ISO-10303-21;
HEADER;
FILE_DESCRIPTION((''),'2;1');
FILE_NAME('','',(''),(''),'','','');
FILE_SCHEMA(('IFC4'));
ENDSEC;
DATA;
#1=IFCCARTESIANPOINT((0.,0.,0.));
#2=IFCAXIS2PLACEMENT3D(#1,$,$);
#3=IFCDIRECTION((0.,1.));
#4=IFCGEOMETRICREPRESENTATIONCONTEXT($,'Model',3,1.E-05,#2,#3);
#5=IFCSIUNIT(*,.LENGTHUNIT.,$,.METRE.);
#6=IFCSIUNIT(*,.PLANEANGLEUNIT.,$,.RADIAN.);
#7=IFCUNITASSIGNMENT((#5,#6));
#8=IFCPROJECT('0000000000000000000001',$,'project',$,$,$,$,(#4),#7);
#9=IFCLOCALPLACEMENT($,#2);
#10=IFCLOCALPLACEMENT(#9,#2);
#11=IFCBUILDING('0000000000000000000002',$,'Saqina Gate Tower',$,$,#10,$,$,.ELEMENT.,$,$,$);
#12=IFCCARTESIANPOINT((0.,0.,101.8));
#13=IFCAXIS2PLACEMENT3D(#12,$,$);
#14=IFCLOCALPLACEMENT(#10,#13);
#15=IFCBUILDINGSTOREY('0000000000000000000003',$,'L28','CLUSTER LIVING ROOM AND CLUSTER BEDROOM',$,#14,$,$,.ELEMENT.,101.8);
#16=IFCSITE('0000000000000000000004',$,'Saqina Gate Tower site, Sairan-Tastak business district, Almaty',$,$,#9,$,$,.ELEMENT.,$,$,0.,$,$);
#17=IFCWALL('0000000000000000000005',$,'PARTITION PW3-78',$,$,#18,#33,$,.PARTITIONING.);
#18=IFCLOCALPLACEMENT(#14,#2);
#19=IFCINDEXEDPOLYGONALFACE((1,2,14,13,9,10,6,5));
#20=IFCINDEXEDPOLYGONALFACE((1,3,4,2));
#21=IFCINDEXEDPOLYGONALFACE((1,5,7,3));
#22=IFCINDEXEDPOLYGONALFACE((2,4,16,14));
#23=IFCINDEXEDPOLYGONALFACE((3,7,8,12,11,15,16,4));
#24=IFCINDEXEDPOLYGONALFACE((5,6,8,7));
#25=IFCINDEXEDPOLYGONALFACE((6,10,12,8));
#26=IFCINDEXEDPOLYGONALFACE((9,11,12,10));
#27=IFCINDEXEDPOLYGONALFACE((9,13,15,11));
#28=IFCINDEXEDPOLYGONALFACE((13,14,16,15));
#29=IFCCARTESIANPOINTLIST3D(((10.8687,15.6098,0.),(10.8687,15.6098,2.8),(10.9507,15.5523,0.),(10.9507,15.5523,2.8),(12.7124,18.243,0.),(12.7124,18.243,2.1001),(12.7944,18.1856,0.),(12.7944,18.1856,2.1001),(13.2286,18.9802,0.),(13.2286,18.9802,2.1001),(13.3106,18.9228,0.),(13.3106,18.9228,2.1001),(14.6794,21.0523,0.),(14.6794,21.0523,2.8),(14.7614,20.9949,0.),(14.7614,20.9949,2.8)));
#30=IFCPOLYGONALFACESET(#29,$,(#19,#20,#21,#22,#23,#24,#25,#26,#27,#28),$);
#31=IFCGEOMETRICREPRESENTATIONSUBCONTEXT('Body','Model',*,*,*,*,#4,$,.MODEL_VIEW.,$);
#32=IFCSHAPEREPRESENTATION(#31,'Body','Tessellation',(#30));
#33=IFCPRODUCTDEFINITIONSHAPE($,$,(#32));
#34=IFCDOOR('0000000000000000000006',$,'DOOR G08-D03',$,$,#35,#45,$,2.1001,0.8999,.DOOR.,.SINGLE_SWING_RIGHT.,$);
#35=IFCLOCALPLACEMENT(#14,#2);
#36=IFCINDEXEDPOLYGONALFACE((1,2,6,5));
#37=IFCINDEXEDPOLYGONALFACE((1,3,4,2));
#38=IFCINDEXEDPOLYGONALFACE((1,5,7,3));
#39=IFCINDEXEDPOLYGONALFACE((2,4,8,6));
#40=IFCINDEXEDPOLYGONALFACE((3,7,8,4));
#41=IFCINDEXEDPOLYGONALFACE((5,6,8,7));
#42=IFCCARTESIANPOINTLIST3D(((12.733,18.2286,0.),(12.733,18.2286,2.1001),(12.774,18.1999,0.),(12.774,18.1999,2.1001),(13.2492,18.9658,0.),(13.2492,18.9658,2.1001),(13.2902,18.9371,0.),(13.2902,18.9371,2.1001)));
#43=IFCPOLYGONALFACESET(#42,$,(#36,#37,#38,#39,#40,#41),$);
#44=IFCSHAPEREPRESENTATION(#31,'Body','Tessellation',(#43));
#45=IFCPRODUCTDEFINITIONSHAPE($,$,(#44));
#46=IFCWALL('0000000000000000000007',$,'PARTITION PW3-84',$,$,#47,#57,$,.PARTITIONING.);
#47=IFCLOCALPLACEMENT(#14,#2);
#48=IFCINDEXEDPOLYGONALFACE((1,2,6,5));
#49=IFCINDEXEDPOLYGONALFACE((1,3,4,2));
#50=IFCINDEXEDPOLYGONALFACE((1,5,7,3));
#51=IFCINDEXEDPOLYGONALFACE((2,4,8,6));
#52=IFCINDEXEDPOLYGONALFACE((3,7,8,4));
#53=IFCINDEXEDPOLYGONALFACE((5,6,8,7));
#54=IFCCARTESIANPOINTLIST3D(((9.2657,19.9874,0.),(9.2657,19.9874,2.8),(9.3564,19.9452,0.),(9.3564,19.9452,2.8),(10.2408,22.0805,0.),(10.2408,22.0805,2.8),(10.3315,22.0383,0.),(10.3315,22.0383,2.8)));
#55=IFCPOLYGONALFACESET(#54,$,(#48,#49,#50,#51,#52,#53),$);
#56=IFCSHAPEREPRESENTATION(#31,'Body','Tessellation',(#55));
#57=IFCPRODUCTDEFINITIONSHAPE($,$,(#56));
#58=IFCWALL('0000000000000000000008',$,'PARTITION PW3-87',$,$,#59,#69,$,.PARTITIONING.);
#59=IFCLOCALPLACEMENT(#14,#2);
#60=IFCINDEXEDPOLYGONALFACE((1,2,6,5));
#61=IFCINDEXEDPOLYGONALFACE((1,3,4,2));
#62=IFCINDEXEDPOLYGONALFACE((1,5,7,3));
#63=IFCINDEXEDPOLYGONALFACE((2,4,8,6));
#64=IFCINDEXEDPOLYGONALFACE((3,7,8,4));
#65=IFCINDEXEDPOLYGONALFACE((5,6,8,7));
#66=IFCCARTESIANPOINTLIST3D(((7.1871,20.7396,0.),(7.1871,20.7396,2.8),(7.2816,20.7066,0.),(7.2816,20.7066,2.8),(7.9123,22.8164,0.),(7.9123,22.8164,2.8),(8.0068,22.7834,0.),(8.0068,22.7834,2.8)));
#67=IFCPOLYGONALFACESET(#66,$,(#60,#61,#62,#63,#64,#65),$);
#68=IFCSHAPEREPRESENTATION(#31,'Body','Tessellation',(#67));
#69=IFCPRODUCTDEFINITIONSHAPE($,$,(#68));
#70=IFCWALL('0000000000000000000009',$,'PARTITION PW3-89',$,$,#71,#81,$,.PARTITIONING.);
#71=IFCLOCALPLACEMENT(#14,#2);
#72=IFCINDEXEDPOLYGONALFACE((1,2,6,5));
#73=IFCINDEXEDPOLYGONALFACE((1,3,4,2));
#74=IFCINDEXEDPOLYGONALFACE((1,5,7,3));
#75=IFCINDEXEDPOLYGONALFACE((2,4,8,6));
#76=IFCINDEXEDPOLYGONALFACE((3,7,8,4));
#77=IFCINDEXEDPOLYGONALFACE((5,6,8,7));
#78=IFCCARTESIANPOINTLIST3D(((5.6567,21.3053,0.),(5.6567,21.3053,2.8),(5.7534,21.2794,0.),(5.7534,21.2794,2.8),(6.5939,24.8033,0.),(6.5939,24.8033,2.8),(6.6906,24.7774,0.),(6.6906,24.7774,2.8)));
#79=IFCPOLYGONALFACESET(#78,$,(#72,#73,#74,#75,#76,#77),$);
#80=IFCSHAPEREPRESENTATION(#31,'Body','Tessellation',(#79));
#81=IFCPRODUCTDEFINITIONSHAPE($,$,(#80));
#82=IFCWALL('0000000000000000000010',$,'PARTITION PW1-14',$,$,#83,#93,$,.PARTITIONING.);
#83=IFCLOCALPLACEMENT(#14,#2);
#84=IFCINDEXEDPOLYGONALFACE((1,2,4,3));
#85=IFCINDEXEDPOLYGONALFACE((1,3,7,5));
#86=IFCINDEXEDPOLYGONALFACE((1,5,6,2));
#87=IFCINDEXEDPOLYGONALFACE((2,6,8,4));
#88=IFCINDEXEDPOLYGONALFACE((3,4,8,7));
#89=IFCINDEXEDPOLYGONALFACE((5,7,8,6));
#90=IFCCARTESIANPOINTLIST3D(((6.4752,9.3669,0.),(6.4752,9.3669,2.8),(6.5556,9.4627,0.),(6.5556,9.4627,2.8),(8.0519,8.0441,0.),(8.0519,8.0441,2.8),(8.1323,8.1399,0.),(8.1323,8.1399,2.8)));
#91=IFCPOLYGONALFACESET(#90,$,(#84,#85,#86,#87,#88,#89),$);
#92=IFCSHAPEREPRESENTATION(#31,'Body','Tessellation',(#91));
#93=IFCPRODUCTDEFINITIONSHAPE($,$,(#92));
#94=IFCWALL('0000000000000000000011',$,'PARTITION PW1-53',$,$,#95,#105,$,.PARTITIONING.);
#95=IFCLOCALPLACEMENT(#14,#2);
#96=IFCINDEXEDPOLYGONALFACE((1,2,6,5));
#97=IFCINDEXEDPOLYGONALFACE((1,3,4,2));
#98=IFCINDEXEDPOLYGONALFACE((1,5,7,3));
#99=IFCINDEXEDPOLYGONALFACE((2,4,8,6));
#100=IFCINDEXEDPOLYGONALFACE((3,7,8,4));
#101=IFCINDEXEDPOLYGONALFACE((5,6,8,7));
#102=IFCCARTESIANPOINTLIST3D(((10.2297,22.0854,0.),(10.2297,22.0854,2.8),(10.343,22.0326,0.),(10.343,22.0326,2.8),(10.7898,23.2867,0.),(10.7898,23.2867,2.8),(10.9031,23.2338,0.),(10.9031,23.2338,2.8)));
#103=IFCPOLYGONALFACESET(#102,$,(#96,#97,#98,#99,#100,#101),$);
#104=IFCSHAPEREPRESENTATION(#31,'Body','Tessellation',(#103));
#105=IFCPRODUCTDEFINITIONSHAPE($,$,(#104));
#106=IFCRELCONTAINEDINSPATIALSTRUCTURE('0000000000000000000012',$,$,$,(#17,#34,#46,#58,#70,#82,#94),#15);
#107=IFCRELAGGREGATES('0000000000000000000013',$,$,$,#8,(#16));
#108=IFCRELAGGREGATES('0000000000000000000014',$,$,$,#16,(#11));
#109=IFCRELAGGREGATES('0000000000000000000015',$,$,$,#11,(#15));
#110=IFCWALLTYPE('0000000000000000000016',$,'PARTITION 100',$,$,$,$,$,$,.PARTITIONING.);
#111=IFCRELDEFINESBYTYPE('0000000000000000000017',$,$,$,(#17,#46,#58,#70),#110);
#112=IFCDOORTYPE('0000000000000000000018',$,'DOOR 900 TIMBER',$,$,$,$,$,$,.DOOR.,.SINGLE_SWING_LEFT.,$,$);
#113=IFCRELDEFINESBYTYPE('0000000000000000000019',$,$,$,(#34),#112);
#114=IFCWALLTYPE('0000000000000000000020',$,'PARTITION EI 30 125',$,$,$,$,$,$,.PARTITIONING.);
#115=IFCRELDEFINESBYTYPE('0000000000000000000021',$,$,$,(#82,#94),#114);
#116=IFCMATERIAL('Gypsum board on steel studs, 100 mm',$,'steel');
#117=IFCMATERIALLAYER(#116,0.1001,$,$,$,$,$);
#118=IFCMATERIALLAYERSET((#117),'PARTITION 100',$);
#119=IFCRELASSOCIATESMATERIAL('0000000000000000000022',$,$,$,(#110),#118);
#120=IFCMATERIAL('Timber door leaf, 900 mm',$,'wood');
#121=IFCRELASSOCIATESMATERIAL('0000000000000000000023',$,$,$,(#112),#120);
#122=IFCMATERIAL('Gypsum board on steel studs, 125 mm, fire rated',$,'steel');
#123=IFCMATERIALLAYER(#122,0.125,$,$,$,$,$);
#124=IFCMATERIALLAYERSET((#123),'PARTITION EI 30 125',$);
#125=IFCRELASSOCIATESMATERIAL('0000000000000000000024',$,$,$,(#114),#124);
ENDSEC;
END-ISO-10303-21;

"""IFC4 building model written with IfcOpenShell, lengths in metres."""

from ifc_helpers import new_model, si_unit, direction, frame, frame_2d, origin, place, context, subcontext, project, spatial, rectangle, extrude, material, layer, layer_set, type_object, element, fill, save


model = new_model("IFC4")

# Units and contexts
model_context = context("Model", 3, precision=1e-05, world=origin(), true_north=direction((0.0, 1.0)))
body_context = subcontext(model_context, "Body", "Model", "MODEL_VIEW")
ifc_project = project(units=[si_unit("LENGTHUNIT", "METRE"), si_unit("PLANEANGLEUNIT", "RADIAN")], contexts=[model_context])

# Site, building, storey
site_placement = place(None, origin())
site = spatial("IfcSite", under=ifc_project, at=site_placement, Name="Saqina Gate Tower site, Sairan-Tastak business district, Almaty", CompositionType="ELEMENT", RefElevation=0.0)
building_placement = place(site_placement, origin())
building = spatial("IfcBuilding", under=site, at=building_placement, Name="Saqina Gate Tower", CompositionType="ELEMENT")
storey_placement = place(building_placement, frame((0.0, 0.0, 101.8)))
storey = spatial("IfcBuildingStorey", under=building, at=storey_placement, Name="L28", Description="CLUSTER LIVING ROOM AND CLUSTER BEDROOM", CompositionType="ELEMENT", Elevation=101.8)

# Shared definitions
ifc_material_1 = material(Name="Gypsum board on steel studs, 100 mm", Category="steel")
ifc_layer_1 = layer(ifc_material_1, 0.1001)
ifc_layer_set_1 = layer_set([ifc_layer_1], Name="PARTITION 100")
wall_type_1 = type_object("IfcWallType", Name="PARTITION 100", PredefinedType="PARTITIONING", material=ifc_layer_set_1)

# Wall, opening, door
wall_1_placement = place(storey_placement, frame((10.9097, 15.5811, 0.0), z_axis=(0.0, 0.0, 1.0), x_axis=(0.573559, 0.819165, 0.0)))
wall_1 = element("IfcWall", 1, at=wall_1_placement, inside=storey, type_object=wall_type_1, Name="PARTITION PW3-78", PredefinedType="PARTITIONING", context=body_context, shape_type="SweptSolid", body=[
    extrude(rectangle(XDim=6.644, YDim=0.1001, at=frame_2d((3.322, 0.0))), origin(), (0.0, 0.0, 1.0), 2.8),
])
opening_1_placement = place(wall_1_placement, frame((3.2146, 0.0, 0.0)))
opening_1 = element("IfcOpeningElement", 2, at=opening_1_placement, cuts=wall_1, PredefinedType="OPENING", context=body_context, shape_type="SweptSolid", body=[
    extrude(rectangle(XDim=0.8999, YDim=2.1001, at=frame_2d((0.45, 1.05))), frame((0.0, 0.062, 0.0), z_axis=(0.0, -1.0, 0.0), x_axis=(1.0, 0.0, 0.0)), (0.0, 0.0, 1.0), 0.124),
])
ifc_material_2 = material(Name="Timber door leaf, 900 mm", Category="wood")
door_type_1 = type_object("IfcDoorType", Name="DOOR 900 TIMBER", OperationType="SINGLE_SWING_LEFT", PredefinedType="DOOR", material=ifc_material_2)
door_1_placement = place(opening_1_placement, origin())
door_1 = element("IfcDoor", 3, at=door_1_placement, inside=storey, type_object=door_type_1, Name="DOOR G08-D03", OperationType="SINGLE_SWING_RIGHT", OverallHeight=2.1001, OverallWidth=0.8999, PredefinedType="DOOR", context=body_context, shape_type="SweptSolid", body=[
    extrude(rectangle(XDim=0.8999, YDim=2.1001, at=frame_2d((0.45, 1.05))), frame((0.0, 0.0249, 0.0), z_axis=(0.0, -1.0, 0.0), x_axis=(1.0, 0.0, 0.0)), (0.0, 0.0, 1.0), 0.05),
])
fill(opening_1, door_1)

# Walls
wall_2_placement = place(storey_placement, frame((9.311, 19.9663, 0.0), z_axis=(0.0, 0.0, 1.0), x_axis=(0.422301, 0.906456, 0.0)))
element("IfcWall", 4, at=wall_2_placement, inside=storey, type_object=wall_type_1, Name="PARTITION PW3-84", PredefinedType="PARTITIONING", context=body_context, shape_type="SweptSolid", body=[
    extrude(rectangle(XDim=2.3091, YDim=0.1001, at=frame_2d((1.1545, 0.0))), origin(), (0.0, 0.0, 1.0), 2.8),
])
wall_3_placement = place(storey_placement, frame((7.2344, 20.7231, 0.0), z_axis=(0.0, 0.0, 1.0), x_axis=(0.329648, 0.944104, 0.0)))
element("IfcWall", 5, at=wall_3_placement, inside=storey, type_object=wall_type_1, Name="PARTITION PW3-87", PredefinedType="PARTITIONING", context=body_context, shape_type="SweptSolid", body=[
    extrude(rectangle(XDim=2.1997, YDim=0.1001, at=frame_2d((1.0999, 0.0))), origin(), (0.0, 0.0, 1.0), 2.8),
])
wall_4_placement = place(storey_placement, frame((5.7051, 21.2925, 0.0), z_axis=(0.0, 0.0, 1.0), x_axis=(0.258808, 0.965929, 0.0)))
element("IfcWall", 6, at=wall_4_placement, inside=storey, type_object=wall_type_1, Name="PARTITION PW3-89", PredefinedType="PARTITIONING", context=body_context, shape_type="SweptSolid", body=[
    extrude(rectangle(XDim=3.6213, YDim=0.1001, at=frame_2d((1.8105, 0.0))), origin(), (0.0, 0.0, 1.0), 2.8),
])
ifc_material_3 = material(Name="Gypsum board on steel studs, 125 mm, fire rated", Category="steel")
ifc_layer_2 = layer(ifc_material_3, 0.125)
ifc_layer_set_2 = layer_set([ifc_layer_2], Name="PARTITION EI 30 125")
wall_type_2 = type_object("IfcWallType", Name="PARTITION EI 30 125", PredefinedType="PARTITIONING", material=ifc_layer_set_2)
wall_5_placement = place(storey_placement, frame((6.5154, 9.4148, 0.0), z_axis=(0.0, 0.0, 1.0), x_axis=(0.766097, -0.642725, 0.0)))
element("IfcWall", 7, at=wall_5_placement, inside=storey, type_object=wall_type_2, Name="PARTITION PW1-14", PredefinedType="PARTITIONING", context=body_context, shape_type="SweptSolid", body=[
    extrude(rectangle(XDim=2.0581, YDim=0.125, at=frame_2d((1.0291, 0.0))), origin(), (0.0, 0.0, 1.0), 2.8),
])
wall_6_placement = place(storey_placement, frame((10.2864, 22.0591, 0.0), z_axis=(0.0, 0.0, 1.0), x_axis=(0.422583, 0.906324, 0.0)))
element("IfcWall", 8, at=wall_6_placement, inside=storey, type_object=wall_type_2, Name="PARTITION PW1-53", PredefinedType="PARTITIONING", context=body_context, shape_type="SweptSolid", body=[
    extrude(rectangle(XDim=1.3254, YDim=0.125, at=frame_2d((0.6626, 0.0))), origin(), (0.0, 0.0, 1.0), 2.8),
])

save(model, "model.ifc")
